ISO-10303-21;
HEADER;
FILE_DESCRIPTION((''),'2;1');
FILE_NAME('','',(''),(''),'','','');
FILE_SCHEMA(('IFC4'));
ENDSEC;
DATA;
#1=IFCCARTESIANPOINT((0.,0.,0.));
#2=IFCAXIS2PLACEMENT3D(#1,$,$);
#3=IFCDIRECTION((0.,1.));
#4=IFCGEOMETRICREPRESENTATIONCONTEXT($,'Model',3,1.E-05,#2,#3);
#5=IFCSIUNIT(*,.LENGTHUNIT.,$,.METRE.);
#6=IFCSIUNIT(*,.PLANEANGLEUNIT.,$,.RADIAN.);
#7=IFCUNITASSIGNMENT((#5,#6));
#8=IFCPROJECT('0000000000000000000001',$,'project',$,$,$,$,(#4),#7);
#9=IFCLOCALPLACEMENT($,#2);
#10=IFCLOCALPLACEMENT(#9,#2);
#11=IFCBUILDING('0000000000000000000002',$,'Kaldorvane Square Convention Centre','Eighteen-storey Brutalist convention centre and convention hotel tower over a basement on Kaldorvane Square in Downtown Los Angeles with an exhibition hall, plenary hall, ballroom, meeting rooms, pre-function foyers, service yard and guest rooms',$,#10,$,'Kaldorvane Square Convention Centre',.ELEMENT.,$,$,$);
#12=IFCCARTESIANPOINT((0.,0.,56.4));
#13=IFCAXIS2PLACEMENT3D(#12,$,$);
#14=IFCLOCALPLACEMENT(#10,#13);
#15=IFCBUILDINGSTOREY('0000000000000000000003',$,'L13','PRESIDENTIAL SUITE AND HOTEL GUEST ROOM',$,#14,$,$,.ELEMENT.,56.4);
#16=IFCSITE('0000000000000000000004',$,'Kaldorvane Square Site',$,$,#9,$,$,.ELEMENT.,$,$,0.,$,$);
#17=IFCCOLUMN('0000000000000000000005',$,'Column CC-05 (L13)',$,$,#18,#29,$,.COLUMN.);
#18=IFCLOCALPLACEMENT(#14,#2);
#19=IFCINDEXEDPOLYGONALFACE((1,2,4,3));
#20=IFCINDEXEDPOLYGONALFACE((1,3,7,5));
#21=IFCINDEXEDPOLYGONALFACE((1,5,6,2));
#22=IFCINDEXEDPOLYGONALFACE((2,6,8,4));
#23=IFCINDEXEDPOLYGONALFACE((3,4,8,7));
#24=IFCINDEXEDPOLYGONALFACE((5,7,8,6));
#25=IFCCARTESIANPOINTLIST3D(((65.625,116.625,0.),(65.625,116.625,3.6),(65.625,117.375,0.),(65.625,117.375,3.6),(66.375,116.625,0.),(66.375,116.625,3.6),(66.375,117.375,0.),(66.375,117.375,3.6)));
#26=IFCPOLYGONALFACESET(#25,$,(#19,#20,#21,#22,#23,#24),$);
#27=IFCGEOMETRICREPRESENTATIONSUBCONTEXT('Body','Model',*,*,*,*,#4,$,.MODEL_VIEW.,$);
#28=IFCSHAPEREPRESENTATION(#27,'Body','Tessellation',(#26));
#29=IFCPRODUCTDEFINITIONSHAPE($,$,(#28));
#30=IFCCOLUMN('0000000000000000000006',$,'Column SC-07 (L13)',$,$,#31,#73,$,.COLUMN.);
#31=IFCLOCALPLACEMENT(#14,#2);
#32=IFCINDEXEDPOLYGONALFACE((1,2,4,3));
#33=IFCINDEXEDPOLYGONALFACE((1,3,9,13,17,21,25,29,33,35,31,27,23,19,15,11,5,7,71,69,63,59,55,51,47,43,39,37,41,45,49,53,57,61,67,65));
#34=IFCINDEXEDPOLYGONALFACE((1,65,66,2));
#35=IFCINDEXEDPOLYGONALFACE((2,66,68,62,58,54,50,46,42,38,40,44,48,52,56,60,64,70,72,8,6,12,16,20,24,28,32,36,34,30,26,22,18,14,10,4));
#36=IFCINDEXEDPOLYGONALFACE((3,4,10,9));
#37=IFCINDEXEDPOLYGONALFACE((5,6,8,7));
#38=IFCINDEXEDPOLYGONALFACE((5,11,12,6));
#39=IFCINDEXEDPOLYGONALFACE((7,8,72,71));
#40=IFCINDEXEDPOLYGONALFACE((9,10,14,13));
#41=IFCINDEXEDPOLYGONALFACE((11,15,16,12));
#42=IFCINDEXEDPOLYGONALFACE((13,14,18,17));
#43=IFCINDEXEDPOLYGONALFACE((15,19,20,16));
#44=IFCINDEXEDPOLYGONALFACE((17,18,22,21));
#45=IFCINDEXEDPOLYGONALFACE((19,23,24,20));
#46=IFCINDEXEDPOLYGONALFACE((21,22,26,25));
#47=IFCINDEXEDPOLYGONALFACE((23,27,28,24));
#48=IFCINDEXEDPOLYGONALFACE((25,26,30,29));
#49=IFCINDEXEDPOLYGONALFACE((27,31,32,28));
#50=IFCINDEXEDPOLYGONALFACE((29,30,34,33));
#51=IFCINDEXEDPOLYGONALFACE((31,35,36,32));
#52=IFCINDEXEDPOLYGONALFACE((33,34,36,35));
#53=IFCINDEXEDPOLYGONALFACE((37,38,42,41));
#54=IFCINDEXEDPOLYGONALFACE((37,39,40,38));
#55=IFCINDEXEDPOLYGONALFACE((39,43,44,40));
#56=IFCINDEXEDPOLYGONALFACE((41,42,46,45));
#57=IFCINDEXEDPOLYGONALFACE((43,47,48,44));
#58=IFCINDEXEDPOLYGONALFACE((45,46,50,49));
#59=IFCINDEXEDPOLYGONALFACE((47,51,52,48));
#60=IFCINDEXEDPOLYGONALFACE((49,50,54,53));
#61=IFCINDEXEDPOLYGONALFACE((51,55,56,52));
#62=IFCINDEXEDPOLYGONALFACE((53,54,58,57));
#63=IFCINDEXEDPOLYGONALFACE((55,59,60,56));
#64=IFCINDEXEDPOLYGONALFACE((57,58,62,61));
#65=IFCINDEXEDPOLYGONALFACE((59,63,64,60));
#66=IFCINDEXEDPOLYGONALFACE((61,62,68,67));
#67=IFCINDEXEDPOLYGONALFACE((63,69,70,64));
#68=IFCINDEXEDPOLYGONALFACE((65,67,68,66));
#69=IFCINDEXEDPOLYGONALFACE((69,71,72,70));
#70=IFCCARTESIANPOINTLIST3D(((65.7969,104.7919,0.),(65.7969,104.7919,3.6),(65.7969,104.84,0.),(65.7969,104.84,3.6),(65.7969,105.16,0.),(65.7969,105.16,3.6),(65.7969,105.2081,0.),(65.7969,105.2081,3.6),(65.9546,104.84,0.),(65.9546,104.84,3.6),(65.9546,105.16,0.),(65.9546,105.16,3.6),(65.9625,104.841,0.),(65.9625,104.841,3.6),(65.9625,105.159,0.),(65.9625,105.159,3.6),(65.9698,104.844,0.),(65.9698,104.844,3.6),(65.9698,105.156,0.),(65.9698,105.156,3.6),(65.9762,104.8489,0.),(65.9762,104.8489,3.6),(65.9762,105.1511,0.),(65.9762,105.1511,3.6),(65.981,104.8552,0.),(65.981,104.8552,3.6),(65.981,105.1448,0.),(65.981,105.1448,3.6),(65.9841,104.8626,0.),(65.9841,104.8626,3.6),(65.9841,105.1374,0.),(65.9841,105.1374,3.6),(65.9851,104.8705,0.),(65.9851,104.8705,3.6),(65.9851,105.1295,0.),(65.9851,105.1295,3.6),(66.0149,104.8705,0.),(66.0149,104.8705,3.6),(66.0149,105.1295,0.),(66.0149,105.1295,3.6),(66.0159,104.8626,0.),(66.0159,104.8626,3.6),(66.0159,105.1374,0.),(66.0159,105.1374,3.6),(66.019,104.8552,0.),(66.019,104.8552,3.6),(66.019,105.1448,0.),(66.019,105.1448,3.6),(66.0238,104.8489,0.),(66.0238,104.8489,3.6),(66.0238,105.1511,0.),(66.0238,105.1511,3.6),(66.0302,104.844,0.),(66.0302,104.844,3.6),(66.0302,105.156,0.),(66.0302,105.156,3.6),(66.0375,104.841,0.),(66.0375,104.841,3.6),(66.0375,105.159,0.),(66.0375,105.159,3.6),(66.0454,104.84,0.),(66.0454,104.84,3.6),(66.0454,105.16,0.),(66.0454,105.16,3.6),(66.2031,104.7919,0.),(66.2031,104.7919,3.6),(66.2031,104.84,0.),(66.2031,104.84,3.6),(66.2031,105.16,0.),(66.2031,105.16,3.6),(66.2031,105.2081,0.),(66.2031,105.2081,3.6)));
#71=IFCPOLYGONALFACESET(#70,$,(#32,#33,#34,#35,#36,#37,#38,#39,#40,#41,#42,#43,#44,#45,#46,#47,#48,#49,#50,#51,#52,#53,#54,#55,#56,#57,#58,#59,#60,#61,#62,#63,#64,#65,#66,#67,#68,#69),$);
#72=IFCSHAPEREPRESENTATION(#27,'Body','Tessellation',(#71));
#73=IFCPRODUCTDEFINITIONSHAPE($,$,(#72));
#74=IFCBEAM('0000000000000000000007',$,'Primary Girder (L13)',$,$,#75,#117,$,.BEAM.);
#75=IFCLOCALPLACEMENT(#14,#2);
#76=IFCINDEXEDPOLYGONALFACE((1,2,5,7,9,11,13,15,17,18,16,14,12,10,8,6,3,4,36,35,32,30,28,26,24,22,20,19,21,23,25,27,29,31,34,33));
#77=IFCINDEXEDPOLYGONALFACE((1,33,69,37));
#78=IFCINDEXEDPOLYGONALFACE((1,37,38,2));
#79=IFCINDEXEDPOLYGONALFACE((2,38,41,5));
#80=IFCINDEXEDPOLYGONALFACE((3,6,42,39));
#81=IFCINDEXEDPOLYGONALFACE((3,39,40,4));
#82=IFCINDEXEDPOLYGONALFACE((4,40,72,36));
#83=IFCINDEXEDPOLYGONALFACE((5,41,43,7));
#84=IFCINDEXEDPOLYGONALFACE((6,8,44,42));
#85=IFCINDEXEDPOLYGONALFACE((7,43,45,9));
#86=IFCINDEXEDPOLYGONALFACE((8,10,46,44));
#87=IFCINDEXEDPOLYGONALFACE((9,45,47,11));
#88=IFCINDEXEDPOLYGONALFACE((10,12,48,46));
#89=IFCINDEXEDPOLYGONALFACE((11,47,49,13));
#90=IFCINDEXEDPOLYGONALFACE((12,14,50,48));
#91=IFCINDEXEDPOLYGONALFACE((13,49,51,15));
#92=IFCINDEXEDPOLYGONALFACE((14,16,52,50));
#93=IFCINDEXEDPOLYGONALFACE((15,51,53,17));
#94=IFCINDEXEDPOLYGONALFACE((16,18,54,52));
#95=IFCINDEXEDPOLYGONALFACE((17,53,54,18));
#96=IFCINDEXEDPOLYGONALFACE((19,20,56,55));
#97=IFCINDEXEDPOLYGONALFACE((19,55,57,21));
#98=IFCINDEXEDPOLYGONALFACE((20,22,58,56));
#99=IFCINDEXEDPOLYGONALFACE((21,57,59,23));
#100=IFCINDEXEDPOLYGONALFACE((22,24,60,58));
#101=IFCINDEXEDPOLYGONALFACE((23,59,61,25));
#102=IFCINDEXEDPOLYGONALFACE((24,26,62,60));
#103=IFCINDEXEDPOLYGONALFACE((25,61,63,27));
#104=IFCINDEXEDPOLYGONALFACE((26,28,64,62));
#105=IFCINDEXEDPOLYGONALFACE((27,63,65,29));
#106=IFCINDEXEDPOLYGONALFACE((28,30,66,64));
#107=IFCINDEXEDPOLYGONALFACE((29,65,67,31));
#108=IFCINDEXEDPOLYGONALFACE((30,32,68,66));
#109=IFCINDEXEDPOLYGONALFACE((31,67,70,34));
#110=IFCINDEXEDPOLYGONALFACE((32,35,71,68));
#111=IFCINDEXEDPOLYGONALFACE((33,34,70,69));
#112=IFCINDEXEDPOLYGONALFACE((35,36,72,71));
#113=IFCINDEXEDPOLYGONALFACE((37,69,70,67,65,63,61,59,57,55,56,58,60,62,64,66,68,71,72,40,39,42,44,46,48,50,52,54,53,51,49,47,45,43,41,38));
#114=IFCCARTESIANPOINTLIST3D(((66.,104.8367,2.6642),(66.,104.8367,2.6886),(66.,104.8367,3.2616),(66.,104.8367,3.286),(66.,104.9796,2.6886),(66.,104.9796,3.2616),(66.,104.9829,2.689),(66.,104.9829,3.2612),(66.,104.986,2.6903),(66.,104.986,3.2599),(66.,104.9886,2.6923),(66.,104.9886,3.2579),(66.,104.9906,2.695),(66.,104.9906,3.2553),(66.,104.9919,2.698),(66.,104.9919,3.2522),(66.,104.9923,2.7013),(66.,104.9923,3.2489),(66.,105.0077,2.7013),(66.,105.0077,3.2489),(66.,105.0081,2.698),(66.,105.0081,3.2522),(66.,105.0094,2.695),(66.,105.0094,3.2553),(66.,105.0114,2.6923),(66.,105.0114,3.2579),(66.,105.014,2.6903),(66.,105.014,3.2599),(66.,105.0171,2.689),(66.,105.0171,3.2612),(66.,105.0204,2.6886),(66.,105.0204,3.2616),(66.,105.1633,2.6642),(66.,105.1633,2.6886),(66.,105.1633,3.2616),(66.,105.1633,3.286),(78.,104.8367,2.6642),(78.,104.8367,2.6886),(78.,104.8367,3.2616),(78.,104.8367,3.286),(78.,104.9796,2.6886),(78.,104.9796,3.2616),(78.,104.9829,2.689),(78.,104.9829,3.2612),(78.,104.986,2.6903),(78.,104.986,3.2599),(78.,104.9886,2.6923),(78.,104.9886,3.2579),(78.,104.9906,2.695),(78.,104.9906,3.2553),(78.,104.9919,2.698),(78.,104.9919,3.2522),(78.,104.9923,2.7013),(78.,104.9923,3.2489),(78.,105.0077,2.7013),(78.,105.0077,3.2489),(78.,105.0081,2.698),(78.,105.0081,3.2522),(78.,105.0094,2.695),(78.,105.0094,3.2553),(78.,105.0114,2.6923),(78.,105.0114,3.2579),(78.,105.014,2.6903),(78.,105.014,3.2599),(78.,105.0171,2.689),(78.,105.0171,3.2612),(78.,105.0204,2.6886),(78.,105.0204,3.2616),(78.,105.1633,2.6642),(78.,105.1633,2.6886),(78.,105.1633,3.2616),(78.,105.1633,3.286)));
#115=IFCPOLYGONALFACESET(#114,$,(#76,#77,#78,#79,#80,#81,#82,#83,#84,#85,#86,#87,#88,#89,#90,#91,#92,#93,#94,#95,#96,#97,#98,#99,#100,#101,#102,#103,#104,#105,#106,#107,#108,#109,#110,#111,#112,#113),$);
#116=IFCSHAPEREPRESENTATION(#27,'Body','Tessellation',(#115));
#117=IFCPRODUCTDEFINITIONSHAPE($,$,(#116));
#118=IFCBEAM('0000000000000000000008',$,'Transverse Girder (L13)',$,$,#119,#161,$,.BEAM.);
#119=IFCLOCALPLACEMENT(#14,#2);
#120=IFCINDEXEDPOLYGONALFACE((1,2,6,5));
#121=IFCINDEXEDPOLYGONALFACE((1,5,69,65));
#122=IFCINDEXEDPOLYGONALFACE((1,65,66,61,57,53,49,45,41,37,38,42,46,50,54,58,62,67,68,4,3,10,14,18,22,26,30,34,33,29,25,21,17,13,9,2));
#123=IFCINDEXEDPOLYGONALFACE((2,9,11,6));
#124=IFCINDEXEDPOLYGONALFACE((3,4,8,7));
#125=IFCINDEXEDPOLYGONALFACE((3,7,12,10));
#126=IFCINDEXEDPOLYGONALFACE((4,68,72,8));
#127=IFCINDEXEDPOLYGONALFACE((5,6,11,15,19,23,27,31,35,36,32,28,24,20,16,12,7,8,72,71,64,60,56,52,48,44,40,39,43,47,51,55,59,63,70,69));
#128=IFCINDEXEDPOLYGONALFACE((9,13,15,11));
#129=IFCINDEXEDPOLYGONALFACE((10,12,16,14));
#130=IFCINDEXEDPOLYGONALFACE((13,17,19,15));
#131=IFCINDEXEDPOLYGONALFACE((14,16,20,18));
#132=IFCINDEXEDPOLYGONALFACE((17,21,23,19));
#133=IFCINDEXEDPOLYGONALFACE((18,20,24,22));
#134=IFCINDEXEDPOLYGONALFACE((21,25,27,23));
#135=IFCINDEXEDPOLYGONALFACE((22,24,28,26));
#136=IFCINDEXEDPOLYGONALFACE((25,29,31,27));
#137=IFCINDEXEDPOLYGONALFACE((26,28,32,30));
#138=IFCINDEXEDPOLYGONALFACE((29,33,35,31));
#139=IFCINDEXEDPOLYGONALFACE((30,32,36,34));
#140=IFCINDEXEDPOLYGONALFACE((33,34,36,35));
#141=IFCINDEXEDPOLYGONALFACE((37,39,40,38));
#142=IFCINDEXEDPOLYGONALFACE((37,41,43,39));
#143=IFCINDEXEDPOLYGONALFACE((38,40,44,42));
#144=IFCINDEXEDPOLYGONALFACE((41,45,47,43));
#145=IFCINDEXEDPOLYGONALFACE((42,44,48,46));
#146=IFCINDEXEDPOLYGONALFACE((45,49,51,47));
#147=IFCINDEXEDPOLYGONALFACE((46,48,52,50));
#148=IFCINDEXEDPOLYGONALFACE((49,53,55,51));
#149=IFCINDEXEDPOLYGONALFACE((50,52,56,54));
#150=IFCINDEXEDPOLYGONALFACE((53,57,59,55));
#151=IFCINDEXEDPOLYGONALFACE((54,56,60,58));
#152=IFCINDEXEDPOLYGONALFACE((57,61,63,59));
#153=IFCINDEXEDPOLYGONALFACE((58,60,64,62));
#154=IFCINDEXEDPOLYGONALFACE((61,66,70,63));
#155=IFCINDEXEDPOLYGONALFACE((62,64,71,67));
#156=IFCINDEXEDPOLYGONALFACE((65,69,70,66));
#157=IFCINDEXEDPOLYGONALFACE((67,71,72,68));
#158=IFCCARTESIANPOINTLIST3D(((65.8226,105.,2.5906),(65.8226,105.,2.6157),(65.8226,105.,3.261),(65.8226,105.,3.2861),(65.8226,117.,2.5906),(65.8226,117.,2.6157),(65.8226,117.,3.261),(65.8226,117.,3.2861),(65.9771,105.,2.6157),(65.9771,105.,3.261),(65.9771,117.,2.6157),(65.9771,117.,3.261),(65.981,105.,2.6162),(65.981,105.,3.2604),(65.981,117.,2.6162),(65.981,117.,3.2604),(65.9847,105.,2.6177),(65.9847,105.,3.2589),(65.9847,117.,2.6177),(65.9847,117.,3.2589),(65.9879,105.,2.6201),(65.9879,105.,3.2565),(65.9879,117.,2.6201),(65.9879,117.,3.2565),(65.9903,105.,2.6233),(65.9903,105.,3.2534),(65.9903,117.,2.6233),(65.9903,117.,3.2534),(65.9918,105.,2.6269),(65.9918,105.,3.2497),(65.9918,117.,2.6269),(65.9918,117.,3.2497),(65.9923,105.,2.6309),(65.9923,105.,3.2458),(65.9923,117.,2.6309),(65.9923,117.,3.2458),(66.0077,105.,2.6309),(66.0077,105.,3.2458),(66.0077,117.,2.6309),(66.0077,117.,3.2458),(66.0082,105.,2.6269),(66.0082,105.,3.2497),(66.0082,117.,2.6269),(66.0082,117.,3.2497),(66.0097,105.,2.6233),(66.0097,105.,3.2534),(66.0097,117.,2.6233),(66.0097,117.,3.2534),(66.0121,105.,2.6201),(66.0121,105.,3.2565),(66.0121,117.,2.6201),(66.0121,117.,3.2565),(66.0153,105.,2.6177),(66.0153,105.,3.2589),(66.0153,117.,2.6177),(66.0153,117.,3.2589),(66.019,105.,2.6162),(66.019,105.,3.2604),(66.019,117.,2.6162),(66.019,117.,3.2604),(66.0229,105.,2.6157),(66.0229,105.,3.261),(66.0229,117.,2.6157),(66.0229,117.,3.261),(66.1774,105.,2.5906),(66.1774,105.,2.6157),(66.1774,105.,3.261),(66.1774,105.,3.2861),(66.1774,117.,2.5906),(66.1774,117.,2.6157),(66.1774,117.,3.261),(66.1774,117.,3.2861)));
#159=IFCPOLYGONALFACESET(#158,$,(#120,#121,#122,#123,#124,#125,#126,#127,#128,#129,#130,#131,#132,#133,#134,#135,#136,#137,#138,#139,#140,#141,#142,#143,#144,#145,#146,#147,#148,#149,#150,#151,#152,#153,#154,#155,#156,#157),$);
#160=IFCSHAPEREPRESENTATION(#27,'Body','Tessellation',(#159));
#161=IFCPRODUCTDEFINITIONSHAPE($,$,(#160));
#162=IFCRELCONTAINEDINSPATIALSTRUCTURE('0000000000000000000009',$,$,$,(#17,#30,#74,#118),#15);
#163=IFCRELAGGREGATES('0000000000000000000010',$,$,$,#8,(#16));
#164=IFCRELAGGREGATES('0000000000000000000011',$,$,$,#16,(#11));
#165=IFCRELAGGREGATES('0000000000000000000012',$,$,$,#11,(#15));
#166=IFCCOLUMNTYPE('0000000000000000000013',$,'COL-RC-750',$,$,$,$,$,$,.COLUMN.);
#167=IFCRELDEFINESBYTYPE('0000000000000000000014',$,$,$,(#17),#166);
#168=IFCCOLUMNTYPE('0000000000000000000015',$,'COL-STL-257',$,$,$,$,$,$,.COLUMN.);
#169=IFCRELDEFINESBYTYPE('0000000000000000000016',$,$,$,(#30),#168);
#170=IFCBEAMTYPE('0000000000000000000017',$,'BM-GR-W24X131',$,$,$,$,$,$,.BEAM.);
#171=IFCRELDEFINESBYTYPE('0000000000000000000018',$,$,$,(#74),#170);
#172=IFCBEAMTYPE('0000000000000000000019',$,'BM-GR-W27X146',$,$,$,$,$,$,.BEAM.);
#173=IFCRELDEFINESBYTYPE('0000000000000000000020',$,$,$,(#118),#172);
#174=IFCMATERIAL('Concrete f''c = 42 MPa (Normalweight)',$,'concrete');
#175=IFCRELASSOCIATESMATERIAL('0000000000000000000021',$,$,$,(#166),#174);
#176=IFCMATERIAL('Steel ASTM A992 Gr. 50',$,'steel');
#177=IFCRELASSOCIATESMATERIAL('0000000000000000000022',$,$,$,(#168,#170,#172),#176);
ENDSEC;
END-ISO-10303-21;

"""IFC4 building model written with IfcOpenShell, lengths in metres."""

from ifc_helpers import new_model, si_unit, direction, frame, origin, origin_2d, place, context, subcontext, project, spatial, rectangle, i_section, extrude, material, material_profile, profile_set, type_object, element, save


model = new_model("IFC4")

# Units and contexts
model_context = context("Model", 3, precision=1e-05, world=origin(), true_north=direction((0.0, 1.0)))
body_context = subcontext(model_context, "Body", "Model", "MODEL_VIEW")
ifc_project = project(units=[si_unit("LENGTHUNIT", "METRE"), si_unit("PLANEANGLEUNIT", "RADIAN")], contexts=[model_context])

# Site, building, storey
site_placement = place(None, origin())
site = spatial("IfcSite", under=ifc_project, at=site_placement, Name="Kaldorvane Square Site", CompositionType="ELEMENT", RefElevation=0.0)
building_placement = place(site_placement, origin())
building = spatial("IfcBuilding", under=site, at=building_placement, Name="Kaldorvane Square Convention Centre", Description="Eighteen-storey Brutalist convention centre and convention hotel tower over a basement on Kaldorvane Square in Downtown Los Angeles with an exhibition hall, plenary hall, ballroom, meeting rooms, pre-function foyers, service yard and guest rooms", LongName="Kaldorvane Square Convention Centre", CompositionType="ELEMENT")
storey_placement = place(building_placement, frame((0.0, 0.0, 56.4)))
storey = spatial("IfcBuildingStorey", under=building, at=storey_placement, Name="L13", Description="PRESIDENTIAL SUITE AND HOTEL GUEST ROOM", CompositionType="ELEMENT", Elevation=56.4)

# Columns
ifc_material_1 = material(Name="Concrete f'c = 42 MPa (Normalweight)", Category="concrete")
ifc_material_profile_1 = material_profile(ifc_material_1, rectangle(XDim=0.75, YDim=0.75, at=origin_2d()), Name="RC750X750")
ifc_profile_set_1 = profile_set([ifc_material_profile_1], Name="Concrete f'c = 42 MPa (Normalweight)")
column_type_1 = type_object("IfcColumnType", Name="COL-RC-750", PredefinedType="COLUMN", material=ifc_profile_set_1)
column_1_placement = place(storey_placement, frame((66.0, 117.0, 0.0), z_axis=(0.0, 0.0, 1.0), x_axis=(1.0, 0.0, 0.0)))
element("IfcColumn", 1, at=column_1_placement, inside=storey, type_object=column_type_1, Name="Column CC-05 (L13)", PredefinedType="COLUMN", context=body_context, shape_type="SweptSolid", body=[
    extrude(rectangle(XDim=0.75, YDim=0.75, at=origin_2d()), origin(), (0.0, 0.0, 1.0), 3.6),
])
ifc_material_2 = material(Name="Steel ASTM A992 Gr. 50", Category="steel")
ifc_material_profile_2 = material_profile(ifc_material_2, i_section(OverallWidth=0.4063, OverallDepth=0.4161, WebThickness=0.0298, FlangeThickness=0.048, FilletRadius=0.0305, at=origin_2d()), Name="W14X257")
ifc_profile_set_2 = profile_set([ifc_material_profile_2], Name="Steel ASTM A992 Gr. 50")
column_type_2 = type_object("IfcColumnType", Name="COL-STL-257", PredefinedType="COLUMN", material=ifc_profile_set_2)
column_2_placement = place(storey_placement, frame((66.0, 105.0, 0.0), z_axis=(0.0, 0.0, 1.0), x_axis=(1.0, 0.0, 0.0)))
element("IfcColumn", 2, at=column_2_placement, inside=storey, type_object=column_type_2, Name="Column SC-07 (L13)", PredefinedType="COLUMN", context=body_context, shape_type="SweptSolid", body=[
    extrude(i_section(OverallWidth=0.4063, OverallDepth=0.4161, WebThickness=0.0298, FlangeThickness=0.048, FilletRadius=0.0305, at=origin_2d()), origin(), (0.0, 0.0, 1.0), 3.6),
])

# Beams
ifc_material_profile_3 = material_profile(ifc_material_2, i_section(OverallWidth=0.3265, OverallDepth=0.6218, WebThickness=0.0154, FlangeThickness=0.0244, FilletRadius=0.0127, at=origin_2d()), Name="W24X131")
ifc_profile_set_3 = profile_set([ifc_material_profile_3], Name="Steel ASTM A992 Gr. 50")
beam_type_1 = type_object("IfcBeamType", Name="BM-GR-W24X131", PredefinedType="BEAM", material=ifc_profile_set_3)
beam_1_placement = place(storey_placement, frame((66.0, 105.0, 2.9751), z_axis=(1.0, 0.0, 0.0), x_axis=(0.0, 1.0, 0.0)))
element("IfcBeam", 3, at=beam_1_placement, inside=storey, type_object=beam_type_1, Name="Primary Girder (L13)", PredefinedType="BEAM", context=body_context, shape_type="SweptSolid", body=[
    extrude(i_section(OverallWidth=0.3265, OverallDepth=0.6218, WebThickness=0.0154, FlangeThickness=0.0244, FilletRadius=0.0127, at=origin_2d()), origin(), (0.0, 0.0, 1.0), 12.0),
])
ifc_material_profile_4 = material_profile(ifc_material_2, i_section(OverallWidth=0.3547, OverallDepth=0.6955, WebThickness=0.0154, FlangeThickness=0.0251, FilletRadius=0.0152, at=origin_2d()), Name="W27X146")
ifc_profile_set_4 = profile_set([ifc_material_profile_4], Name="Steel ASTM A992 Gr. 50")
beam_type_2 = type_object("IfcBeamType", Name="BM-GR-W27X146", PredefinedType="BEAM", material=ifc_profile_set_4)
beam_2_placement = place(storey_placement, frame((66.0, 105.0, 2.9383), z_axis=(0.0, 1.0, 0.0), x_axis=(-1.0, 0.0, 0.0)))
element("IfcBeam", 4, at=beam_2_placement, inside=storey, type_object=beam_type_2, Name="Transverse Girder (L13)", PredefinedType="BEAM", context=body_context, shape_type="SweptSolid", body=[
    extrude(i_section(OverallWidth=0.3547, OverallDepth=0.6955, WebThickness=0.0154, FlangeThickness=0.0251, FilletRadius=0.0152, at=origin_2d()), origin(), (0.0, 0.0, 1.0), 12.0),
])

save(model, "model.ifc")
